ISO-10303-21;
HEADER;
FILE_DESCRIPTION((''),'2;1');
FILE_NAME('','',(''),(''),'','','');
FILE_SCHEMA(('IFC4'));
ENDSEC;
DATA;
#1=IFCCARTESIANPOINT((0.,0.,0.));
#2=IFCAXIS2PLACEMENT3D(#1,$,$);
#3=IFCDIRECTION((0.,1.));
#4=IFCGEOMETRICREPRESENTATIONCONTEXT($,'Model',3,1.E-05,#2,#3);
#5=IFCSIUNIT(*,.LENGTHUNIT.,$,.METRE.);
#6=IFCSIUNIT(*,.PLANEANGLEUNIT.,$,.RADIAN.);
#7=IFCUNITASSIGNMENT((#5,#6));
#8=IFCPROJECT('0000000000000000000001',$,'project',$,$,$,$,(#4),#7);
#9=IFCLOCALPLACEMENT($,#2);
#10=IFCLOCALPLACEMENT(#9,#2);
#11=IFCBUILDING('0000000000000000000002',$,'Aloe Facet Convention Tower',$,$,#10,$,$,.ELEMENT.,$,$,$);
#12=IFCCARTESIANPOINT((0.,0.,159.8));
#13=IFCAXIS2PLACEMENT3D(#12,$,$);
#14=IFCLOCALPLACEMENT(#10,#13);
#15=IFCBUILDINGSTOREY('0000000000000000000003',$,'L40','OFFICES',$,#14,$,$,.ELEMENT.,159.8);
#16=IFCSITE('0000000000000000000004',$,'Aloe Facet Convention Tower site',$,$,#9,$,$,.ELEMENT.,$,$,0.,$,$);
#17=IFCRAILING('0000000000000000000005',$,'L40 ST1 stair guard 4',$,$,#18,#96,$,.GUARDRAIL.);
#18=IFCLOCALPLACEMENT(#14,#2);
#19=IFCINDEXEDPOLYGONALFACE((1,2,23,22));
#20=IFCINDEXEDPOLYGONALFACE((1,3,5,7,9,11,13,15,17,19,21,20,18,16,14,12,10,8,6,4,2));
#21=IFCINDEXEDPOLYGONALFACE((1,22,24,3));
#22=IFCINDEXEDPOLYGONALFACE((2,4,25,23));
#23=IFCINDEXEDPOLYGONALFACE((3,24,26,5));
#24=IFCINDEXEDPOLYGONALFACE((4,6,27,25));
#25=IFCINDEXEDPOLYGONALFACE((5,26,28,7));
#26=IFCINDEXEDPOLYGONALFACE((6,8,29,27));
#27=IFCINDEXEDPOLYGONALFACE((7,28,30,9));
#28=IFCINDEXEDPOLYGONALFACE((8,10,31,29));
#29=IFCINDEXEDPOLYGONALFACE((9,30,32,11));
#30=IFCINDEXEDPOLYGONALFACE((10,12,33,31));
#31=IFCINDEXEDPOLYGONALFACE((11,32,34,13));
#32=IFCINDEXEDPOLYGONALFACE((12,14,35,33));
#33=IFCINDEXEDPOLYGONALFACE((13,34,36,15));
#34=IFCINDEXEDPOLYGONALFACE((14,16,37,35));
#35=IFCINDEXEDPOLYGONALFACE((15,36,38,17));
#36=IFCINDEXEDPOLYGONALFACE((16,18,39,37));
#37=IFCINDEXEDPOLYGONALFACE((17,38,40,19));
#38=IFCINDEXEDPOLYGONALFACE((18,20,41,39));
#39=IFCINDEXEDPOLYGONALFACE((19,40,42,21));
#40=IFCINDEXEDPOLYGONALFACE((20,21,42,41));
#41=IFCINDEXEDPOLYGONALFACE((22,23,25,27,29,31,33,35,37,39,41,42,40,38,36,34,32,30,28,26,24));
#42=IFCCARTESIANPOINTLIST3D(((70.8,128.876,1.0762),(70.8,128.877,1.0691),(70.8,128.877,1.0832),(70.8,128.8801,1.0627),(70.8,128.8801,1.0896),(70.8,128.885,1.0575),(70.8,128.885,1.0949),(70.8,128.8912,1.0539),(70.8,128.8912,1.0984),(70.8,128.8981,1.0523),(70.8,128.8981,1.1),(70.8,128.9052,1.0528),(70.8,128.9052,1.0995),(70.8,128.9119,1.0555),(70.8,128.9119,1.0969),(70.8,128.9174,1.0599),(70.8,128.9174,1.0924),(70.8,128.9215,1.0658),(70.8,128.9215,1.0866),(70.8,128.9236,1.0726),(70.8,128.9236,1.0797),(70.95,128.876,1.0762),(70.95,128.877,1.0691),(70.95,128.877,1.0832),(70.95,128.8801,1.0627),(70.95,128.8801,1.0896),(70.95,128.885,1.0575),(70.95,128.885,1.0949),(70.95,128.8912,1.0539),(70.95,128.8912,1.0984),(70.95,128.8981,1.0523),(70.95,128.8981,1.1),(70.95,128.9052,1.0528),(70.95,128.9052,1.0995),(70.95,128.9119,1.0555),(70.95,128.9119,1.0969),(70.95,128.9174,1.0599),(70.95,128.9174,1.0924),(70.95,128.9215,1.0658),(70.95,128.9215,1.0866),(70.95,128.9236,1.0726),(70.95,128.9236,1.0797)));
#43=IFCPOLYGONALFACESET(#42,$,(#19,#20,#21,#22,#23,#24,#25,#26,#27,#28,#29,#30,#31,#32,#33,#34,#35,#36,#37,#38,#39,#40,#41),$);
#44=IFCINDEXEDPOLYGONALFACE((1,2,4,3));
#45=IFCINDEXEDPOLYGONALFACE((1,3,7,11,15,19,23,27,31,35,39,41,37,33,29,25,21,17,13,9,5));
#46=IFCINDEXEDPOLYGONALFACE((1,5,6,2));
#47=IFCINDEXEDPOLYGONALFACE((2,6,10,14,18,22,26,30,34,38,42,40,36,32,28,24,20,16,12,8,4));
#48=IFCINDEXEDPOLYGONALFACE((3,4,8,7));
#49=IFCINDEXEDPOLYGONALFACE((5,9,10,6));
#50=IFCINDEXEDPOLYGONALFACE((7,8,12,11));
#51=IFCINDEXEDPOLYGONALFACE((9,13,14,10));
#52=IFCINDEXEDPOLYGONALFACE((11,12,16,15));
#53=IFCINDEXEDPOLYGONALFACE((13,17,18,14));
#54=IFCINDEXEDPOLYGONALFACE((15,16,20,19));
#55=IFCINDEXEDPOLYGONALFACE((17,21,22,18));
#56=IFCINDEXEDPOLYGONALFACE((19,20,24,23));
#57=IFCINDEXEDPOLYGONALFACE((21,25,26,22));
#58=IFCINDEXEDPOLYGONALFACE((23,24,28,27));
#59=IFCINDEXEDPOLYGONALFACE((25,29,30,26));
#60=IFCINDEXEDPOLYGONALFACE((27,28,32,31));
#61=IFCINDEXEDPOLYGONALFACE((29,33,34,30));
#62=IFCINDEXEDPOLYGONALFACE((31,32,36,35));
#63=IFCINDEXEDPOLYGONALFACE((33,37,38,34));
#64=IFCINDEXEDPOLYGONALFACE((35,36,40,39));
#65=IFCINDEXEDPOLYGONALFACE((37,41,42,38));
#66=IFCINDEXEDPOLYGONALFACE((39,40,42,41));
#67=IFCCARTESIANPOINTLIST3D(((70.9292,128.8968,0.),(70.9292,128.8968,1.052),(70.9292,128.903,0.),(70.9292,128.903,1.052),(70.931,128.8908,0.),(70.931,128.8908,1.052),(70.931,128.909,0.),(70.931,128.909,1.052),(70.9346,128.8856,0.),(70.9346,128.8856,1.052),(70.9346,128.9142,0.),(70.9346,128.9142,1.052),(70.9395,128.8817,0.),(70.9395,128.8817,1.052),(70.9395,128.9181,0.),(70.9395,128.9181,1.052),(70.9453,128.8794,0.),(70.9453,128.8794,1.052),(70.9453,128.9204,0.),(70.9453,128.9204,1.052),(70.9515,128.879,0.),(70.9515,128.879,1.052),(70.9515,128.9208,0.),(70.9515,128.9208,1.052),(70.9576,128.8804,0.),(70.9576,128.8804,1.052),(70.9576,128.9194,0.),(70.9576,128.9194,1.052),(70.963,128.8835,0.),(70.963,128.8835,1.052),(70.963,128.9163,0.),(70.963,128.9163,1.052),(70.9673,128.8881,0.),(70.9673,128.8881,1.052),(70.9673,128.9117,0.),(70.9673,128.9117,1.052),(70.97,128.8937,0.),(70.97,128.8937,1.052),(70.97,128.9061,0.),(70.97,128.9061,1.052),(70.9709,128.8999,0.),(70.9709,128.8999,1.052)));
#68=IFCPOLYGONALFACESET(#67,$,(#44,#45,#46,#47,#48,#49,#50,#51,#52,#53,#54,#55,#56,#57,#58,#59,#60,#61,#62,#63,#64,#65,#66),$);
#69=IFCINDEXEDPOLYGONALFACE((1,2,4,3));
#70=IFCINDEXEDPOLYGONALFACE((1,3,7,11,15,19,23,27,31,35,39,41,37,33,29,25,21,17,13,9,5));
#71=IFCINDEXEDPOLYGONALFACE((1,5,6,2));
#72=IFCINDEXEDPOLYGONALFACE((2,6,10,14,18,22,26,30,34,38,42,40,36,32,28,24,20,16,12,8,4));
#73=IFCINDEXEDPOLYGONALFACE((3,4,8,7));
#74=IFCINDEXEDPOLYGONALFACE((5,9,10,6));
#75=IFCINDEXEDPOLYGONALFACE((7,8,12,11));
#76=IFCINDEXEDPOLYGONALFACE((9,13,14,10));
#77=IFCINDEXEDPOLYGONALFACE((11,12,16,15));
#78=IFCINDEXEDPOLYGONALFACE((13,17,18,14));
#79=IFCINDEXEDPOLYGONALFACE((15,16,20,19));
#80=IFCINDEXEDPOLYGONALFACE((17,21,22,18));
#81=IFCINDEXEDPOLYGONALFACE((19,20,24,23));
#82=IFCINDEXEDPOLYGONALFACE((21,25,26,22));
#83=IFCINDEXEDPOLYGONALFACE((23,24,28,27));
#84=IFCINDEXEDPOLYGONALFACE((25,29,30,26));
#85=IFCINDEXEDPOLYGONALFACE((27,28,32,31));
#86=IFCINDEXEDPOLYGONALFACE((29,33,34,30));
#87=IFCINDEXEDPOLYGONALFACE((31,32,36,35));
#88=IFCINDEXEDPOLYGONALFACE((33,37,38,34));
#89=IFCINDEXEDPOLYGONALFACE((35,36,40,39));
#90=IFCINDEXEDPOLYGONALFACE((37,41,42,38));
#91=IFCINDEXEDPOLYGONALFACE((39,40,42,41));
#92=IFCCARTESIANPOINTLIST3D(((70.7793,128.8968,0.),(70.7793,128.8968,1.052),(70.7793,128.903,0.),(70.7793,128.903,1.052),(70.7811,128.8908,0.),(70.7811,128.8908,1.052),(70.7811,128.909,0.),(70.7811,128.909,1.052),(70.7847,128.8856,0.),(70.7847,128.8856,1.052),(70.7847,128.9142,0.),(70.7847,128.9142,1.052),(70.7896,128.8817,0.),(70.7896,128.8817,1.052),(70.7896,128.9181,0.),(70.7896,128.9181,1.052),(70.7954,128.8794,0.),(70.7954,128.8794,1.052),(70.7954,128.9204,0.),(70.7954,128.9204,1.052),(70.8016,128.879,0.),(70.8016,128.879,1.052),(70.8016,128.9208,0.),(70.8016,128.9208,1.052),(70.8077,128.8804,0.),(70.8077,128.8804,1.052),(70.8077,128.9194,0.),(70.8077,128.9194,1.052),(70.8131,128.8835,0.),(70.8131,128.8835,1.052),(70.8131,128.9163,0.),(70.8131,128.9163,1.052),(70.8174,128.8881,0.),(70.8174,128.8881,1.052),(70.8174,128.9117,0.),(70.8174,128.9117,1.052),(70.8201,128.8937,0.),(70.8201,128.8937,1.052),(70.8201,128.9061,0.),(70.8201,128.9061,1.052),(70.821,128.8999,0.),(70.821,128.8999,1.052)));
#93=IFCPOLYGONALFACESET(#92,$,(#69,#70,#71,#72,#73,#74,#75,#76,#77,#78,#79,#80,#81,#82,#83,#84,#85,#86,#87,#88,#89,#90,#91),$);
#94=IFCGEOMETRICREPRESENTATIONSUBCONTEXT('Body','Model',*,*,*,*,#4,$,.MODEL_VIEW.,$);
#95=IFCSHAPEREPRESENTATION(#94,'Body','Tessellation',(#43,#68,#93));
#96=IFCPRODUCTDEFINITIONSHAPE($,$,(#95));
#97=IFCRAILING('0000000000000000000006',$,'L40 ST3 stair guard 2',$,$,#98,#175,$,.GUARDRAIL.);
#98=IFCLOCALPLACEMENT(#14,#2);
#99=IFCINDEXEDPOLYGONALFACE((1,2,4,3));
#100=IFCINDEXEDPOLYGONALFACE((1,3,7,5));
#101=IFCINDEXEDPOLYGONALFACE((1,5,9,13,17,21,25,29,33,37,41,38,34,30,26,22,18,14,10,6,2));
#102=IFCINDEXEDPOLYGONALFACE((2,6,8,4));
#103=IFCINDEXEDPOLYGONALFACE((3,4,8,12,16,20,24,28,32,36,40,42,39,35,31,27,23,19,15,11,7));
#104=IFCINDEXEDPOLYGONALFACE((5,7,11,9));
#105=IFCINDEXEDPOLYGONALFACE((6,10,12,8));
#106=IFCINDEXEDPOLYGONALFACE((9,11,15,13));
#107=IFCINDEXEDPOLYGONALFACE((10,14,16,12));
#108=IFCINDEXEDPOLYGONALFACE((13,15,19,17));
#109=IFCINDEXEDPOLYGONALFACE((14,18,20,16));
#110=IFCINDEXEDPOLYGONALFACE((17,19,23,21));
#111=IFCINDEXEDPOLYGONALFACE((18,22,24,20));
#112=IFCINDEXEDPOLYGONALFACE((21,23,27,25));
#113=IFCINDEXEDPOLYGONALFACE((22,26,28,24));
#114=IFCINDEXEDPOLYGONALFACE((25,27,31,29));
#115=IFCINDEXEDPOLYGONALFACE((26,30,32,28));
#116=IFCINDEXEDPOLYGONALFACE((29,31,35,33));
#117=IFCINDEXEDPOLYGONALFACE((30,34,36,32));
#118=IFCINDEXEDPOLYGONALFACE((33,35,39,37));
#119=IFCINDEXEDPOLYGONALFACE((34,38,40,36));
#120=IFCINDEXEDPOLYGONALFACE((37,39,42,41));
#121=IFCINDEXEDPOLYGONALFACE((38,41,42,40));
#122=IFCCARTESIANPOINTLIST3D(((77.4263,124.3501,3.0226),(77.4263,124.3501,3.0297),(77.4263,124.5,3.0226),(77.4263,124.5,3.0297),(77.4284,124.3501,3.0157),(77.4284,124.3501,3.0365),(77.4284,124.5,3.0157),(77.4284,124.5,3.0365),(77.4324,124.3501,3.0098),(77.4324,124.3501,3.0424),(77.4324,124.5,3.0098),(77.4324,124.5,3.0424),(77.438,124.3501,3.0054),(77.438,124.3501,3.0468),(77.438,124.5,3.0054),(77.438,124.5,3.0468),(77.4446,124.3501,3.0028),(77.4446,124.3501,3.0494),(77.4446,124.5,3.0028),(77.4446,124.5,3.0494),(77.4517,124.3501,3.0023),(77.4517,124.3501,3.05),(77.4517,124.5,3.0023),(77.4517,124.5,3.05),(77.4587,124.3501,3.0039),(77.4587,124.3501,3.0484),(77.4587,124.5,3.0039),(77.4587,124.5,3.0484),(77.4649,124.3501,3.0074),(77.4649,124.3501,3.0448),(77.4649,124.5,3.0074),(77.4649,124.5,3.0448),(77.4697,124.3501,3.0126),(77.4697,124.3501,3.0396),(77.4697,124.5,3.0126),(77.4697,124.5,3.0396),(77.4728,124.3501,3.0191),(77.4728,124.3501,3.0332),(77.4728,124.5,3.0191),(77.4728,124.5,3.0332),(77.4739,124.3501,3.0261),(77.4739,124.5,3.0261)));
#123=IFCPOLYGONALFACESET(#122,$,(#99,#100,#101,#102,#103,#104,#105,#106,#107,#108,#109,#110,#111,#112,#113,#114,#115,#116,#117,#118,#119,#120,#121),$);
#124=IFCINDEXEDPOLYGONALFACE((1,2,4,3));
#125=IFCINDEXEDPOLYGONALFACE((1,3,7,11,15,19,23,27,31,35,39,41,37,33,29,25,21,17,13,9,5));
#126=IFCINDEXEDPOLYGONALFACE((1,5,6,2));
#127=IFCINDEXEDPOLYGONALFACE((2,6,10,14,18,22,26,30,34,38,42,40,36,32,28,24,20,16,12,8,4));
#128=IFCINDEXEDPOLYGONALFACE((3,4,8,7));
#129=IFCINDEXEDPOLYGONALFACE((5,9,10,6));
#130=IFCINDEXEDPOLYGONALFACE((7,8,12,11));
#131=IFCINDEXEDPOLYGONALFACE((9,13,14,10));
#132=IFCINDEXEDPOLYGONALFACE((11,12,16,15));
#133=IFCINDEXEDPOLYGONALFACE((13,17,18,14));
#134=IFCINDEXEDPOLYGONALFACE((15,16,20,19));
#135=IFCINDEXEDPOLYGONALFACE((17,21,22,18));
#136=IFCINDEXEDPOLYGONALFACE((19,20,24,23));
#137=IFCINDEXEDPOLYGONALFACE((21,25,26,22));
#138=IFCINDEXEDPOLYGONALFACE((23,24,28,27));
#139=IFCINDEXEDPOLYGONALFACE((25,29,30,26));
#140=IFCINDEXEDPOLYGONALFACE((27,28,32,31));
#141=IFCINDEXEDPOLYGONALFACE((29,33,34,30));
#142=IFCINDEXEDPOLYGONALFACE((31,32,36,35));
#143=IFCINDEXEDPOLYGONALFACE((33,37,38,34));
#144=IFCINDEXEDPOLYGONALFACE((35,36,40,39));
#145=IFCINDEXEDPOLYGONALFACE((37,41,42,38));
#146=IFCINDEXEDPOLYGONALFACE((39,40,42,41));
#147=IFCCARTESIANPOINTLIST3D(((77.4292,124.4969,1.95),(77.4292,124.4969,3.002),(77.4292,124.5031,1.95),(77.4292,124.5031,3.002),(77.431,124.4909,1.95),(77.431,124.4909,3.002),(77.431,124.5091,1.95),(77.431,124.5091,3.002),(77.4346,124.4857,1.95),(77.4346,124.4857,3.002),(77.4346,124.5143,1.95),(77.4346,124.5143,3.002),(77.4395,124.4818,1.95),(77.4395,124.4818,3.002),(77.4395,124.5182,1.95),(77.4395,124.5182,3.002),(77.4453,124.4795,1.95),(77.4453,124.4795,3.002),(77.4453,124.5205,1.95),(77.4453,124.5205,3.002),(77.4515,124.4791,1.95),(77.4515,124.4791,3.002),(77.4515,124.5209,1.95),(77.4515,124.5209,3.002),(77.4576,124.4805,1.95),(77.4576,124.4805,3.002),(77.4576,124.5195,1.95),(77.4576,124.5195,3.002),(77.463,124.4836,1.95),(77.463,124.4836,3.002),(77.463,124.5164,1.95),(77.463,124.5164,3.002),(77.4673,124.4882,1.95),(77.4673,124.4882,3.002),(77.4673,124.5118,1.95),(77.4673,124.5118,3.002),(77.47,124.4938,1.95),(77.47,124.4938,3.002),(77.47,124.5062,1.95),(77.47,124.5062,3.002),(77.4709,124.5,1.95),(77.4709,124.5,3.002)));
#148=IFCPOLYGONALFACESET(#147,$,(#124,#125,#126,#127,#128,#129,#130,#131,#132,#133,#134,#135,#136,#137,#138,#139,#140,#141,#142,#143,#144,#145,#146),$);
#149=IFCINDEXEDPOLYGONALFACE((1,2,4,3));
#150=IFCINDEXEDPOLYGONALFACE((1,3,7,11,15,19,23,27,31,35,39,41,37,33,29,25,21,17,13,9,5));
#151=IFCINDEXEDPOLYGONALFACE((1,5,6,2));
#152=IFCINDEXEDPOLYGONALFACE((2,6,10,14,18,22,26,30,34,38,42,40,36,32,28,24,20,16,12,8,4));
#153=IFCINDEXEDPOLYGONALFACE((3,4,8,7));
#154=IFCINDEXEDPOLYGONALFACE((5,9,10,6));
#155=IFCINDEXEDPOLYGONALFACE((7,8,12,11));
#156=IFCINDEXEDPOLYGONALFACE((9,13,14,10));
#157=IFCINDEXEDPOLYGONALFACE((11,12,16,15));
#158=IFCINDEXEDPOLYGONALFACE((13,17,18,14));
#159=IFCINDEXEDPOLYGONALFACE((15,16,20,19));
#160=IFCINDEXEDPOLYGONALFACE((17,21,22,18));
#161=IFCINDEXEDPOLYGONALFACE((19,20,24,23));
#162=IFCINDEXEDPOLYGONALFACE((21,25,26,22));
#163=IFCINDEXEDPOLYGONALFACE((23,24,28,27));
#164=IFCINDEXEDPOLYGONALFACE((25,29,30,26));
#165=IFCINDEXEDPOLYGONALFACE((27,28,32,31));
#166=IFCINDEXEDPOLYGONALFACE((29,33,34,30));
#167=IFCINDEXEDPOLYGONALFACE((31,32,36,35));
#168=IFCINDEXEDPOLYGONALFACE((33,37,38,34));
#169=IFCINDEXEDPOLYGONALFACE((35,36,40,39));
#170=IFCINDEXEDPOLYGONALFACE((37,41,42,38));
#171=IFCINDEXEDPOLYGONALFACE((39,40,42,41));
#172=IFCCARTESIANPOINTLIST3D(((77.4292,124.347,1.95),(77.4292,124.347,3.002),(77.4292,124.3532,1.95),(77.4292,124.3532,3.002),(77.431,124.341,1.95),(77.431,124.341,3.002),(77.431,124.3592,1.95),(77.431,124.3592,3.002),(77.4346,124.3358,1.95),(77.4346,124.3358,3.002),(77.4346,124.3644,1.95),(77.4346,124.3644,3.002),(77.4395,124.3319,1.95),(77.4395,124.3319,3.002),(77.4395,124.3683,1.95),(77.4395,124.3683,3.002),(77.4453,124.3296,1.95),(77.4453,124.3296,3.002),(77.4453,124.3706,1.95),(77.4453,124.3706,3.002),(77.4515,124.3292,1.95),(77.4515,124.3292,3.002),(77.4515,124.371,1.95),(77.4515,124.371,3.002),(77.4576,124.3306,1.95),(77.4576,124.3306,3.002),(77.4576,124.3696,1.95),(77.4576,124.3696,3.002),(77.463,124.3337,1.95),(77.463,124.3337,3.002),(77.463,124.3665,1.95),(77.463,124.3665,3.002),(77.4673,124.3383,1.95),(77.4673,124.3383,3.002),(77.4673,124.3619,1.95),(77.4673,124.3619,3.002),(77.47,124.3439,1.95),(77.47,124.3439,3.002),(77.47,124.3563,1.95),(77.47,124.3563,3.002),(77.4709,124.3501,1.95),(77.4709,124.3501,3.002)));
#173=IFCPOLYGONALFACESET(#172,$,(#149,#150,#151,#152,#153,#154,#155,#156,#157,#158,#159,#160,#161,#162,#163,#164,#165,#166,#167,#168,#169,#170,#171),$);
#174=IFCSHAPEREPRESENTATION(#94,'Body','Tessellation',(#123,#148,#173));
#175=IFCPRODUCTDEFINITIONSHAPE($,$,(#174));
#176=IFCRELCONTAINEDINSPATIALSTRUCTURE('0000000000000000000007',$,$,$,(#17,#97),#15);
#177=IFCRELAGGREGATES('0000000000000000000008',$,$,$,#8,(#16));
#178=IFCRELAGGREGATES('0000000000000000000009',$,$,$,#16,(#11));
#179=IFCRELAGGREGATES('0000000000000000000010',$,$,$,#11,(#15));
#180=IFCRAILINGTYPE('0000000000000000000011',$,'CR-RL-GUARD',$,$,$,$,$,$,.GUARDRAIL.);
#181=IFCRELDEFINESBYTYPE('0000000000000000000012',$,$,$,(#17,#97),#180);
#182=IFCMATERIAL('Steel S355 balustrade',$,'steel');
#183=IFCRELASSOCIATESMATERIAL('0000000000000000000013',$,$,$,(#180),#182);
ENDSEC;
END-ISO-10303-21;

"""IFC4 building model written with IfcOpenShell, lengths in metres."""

from ifc_helpers import new_model, si_unit, direction, frame, origin, origin_2d, place, context, subcontext, project, spatial, circle, extrude, material, type_object, element, save


model = new_model("IFC4")

# Units and contexts
model_context = context("Model", 3, precision=1e-05, world=origin(), true_north=direction((0.0, 1.0)))
body_context = subcontext(model_context, "Body", "Model", "MODEL_VIEW")
ifc_project = project(units=[si_unit("LENGTHUNIT", "METRE"), si_unit("PLANEANGLEUNIT", "RADIAN")], contexts=[model_context])

# Site, building, storey
site_placement = place(None, origin())
site = spatial("IfcSite", under=ifc_project, at=site_placement, Name="Aloe Facet Convention Tower site", CompositionType="ELEMENT", RefElevation=0.0)
building_placement = place(site_placement, origin())
building = spatial("IfcBuilding", under=site, at=building_placement, Name="Aloe Facet Convention Tower", CompositionType="ELEMENT")
storey_placement = place(building_placement, frame((0.0, 0.0, 159.8)))
storey = spatial("IfcBuildingStorey", under=building, at=storey_placement, Name="L40", Description="OFFICES", CompositionType="ELEMENT", Elevation=159.8)

# Railings
ifc_material_1 = material(Name="Steel S355 balustrade", Category="steel")
railing_type_1 = type_object("IfcRailingType", Name="CR-RL-GUARD", PredefinedType="GUARDRAIL", material=ifc_material_1)
railing_1_placement = place(storey_placement, frame((70.95, 128.8999, 0.0)))
element("IfcRailing", 1, at=railing_1_placement, inside=storey, type_object=railing_type_1, Name="L40 ST1 stair guard 4", PredefinedType="GUARDRAIL", context=body_context, shape_type="SweptSolid", body=[
    extrude(circle(Radius=0.0239, at=origin_2d()), frame((0.0, 0.0, 1.0762), z_axis=(-1.0, 0.0, 0.0), x_axis=(0.0, -1.0, 0.0)), (0.0, 0.0, 1.0), 0.1499),
    extrude(circle(Radius=0.021, at=origin_2d()), origin(), (0.0, 0.0, 1.0), 1.052),
    extrude(circle(Radius=0.021, at=origin_2d()), frame((-0.1499, 0.0, 0.0)), (0.0, 0.0, 1.0), 1.052),
])
railing_2_placement = place(storey_placement, frame((77.45, 124.5, 1.95)))
element("IfcRailing", 2, at=railing_2_placement, inside=storey, type_object=railing_type_1, Name="L40 ST3 stair guard 2", PredefinedType="GUARDRAIL", context=body_context, shape_type="SweptSolid", body=[
    extrude(circle(Radius=0.0239, at=origin_2d()), frame((0.0, 0.0, 1.0762), z_axis=(0.0, -1.0, 0.0), x_axis=(1.0, 0.0, 0.0)), (0.0, 0.0, 1.0), 0.1499),
    extrude(circle(Radius=0.021, at=origin_2d()), origin(), (0.0, 0.0, 1.0), 1.052),
    extrude(circle(Radius=0.021, at=origin_2d()), frame((0.0, -0.1499, 0.0)), (0.0, 0.0, 1.0), 1.052),
])

save(model, "model.ifc")
